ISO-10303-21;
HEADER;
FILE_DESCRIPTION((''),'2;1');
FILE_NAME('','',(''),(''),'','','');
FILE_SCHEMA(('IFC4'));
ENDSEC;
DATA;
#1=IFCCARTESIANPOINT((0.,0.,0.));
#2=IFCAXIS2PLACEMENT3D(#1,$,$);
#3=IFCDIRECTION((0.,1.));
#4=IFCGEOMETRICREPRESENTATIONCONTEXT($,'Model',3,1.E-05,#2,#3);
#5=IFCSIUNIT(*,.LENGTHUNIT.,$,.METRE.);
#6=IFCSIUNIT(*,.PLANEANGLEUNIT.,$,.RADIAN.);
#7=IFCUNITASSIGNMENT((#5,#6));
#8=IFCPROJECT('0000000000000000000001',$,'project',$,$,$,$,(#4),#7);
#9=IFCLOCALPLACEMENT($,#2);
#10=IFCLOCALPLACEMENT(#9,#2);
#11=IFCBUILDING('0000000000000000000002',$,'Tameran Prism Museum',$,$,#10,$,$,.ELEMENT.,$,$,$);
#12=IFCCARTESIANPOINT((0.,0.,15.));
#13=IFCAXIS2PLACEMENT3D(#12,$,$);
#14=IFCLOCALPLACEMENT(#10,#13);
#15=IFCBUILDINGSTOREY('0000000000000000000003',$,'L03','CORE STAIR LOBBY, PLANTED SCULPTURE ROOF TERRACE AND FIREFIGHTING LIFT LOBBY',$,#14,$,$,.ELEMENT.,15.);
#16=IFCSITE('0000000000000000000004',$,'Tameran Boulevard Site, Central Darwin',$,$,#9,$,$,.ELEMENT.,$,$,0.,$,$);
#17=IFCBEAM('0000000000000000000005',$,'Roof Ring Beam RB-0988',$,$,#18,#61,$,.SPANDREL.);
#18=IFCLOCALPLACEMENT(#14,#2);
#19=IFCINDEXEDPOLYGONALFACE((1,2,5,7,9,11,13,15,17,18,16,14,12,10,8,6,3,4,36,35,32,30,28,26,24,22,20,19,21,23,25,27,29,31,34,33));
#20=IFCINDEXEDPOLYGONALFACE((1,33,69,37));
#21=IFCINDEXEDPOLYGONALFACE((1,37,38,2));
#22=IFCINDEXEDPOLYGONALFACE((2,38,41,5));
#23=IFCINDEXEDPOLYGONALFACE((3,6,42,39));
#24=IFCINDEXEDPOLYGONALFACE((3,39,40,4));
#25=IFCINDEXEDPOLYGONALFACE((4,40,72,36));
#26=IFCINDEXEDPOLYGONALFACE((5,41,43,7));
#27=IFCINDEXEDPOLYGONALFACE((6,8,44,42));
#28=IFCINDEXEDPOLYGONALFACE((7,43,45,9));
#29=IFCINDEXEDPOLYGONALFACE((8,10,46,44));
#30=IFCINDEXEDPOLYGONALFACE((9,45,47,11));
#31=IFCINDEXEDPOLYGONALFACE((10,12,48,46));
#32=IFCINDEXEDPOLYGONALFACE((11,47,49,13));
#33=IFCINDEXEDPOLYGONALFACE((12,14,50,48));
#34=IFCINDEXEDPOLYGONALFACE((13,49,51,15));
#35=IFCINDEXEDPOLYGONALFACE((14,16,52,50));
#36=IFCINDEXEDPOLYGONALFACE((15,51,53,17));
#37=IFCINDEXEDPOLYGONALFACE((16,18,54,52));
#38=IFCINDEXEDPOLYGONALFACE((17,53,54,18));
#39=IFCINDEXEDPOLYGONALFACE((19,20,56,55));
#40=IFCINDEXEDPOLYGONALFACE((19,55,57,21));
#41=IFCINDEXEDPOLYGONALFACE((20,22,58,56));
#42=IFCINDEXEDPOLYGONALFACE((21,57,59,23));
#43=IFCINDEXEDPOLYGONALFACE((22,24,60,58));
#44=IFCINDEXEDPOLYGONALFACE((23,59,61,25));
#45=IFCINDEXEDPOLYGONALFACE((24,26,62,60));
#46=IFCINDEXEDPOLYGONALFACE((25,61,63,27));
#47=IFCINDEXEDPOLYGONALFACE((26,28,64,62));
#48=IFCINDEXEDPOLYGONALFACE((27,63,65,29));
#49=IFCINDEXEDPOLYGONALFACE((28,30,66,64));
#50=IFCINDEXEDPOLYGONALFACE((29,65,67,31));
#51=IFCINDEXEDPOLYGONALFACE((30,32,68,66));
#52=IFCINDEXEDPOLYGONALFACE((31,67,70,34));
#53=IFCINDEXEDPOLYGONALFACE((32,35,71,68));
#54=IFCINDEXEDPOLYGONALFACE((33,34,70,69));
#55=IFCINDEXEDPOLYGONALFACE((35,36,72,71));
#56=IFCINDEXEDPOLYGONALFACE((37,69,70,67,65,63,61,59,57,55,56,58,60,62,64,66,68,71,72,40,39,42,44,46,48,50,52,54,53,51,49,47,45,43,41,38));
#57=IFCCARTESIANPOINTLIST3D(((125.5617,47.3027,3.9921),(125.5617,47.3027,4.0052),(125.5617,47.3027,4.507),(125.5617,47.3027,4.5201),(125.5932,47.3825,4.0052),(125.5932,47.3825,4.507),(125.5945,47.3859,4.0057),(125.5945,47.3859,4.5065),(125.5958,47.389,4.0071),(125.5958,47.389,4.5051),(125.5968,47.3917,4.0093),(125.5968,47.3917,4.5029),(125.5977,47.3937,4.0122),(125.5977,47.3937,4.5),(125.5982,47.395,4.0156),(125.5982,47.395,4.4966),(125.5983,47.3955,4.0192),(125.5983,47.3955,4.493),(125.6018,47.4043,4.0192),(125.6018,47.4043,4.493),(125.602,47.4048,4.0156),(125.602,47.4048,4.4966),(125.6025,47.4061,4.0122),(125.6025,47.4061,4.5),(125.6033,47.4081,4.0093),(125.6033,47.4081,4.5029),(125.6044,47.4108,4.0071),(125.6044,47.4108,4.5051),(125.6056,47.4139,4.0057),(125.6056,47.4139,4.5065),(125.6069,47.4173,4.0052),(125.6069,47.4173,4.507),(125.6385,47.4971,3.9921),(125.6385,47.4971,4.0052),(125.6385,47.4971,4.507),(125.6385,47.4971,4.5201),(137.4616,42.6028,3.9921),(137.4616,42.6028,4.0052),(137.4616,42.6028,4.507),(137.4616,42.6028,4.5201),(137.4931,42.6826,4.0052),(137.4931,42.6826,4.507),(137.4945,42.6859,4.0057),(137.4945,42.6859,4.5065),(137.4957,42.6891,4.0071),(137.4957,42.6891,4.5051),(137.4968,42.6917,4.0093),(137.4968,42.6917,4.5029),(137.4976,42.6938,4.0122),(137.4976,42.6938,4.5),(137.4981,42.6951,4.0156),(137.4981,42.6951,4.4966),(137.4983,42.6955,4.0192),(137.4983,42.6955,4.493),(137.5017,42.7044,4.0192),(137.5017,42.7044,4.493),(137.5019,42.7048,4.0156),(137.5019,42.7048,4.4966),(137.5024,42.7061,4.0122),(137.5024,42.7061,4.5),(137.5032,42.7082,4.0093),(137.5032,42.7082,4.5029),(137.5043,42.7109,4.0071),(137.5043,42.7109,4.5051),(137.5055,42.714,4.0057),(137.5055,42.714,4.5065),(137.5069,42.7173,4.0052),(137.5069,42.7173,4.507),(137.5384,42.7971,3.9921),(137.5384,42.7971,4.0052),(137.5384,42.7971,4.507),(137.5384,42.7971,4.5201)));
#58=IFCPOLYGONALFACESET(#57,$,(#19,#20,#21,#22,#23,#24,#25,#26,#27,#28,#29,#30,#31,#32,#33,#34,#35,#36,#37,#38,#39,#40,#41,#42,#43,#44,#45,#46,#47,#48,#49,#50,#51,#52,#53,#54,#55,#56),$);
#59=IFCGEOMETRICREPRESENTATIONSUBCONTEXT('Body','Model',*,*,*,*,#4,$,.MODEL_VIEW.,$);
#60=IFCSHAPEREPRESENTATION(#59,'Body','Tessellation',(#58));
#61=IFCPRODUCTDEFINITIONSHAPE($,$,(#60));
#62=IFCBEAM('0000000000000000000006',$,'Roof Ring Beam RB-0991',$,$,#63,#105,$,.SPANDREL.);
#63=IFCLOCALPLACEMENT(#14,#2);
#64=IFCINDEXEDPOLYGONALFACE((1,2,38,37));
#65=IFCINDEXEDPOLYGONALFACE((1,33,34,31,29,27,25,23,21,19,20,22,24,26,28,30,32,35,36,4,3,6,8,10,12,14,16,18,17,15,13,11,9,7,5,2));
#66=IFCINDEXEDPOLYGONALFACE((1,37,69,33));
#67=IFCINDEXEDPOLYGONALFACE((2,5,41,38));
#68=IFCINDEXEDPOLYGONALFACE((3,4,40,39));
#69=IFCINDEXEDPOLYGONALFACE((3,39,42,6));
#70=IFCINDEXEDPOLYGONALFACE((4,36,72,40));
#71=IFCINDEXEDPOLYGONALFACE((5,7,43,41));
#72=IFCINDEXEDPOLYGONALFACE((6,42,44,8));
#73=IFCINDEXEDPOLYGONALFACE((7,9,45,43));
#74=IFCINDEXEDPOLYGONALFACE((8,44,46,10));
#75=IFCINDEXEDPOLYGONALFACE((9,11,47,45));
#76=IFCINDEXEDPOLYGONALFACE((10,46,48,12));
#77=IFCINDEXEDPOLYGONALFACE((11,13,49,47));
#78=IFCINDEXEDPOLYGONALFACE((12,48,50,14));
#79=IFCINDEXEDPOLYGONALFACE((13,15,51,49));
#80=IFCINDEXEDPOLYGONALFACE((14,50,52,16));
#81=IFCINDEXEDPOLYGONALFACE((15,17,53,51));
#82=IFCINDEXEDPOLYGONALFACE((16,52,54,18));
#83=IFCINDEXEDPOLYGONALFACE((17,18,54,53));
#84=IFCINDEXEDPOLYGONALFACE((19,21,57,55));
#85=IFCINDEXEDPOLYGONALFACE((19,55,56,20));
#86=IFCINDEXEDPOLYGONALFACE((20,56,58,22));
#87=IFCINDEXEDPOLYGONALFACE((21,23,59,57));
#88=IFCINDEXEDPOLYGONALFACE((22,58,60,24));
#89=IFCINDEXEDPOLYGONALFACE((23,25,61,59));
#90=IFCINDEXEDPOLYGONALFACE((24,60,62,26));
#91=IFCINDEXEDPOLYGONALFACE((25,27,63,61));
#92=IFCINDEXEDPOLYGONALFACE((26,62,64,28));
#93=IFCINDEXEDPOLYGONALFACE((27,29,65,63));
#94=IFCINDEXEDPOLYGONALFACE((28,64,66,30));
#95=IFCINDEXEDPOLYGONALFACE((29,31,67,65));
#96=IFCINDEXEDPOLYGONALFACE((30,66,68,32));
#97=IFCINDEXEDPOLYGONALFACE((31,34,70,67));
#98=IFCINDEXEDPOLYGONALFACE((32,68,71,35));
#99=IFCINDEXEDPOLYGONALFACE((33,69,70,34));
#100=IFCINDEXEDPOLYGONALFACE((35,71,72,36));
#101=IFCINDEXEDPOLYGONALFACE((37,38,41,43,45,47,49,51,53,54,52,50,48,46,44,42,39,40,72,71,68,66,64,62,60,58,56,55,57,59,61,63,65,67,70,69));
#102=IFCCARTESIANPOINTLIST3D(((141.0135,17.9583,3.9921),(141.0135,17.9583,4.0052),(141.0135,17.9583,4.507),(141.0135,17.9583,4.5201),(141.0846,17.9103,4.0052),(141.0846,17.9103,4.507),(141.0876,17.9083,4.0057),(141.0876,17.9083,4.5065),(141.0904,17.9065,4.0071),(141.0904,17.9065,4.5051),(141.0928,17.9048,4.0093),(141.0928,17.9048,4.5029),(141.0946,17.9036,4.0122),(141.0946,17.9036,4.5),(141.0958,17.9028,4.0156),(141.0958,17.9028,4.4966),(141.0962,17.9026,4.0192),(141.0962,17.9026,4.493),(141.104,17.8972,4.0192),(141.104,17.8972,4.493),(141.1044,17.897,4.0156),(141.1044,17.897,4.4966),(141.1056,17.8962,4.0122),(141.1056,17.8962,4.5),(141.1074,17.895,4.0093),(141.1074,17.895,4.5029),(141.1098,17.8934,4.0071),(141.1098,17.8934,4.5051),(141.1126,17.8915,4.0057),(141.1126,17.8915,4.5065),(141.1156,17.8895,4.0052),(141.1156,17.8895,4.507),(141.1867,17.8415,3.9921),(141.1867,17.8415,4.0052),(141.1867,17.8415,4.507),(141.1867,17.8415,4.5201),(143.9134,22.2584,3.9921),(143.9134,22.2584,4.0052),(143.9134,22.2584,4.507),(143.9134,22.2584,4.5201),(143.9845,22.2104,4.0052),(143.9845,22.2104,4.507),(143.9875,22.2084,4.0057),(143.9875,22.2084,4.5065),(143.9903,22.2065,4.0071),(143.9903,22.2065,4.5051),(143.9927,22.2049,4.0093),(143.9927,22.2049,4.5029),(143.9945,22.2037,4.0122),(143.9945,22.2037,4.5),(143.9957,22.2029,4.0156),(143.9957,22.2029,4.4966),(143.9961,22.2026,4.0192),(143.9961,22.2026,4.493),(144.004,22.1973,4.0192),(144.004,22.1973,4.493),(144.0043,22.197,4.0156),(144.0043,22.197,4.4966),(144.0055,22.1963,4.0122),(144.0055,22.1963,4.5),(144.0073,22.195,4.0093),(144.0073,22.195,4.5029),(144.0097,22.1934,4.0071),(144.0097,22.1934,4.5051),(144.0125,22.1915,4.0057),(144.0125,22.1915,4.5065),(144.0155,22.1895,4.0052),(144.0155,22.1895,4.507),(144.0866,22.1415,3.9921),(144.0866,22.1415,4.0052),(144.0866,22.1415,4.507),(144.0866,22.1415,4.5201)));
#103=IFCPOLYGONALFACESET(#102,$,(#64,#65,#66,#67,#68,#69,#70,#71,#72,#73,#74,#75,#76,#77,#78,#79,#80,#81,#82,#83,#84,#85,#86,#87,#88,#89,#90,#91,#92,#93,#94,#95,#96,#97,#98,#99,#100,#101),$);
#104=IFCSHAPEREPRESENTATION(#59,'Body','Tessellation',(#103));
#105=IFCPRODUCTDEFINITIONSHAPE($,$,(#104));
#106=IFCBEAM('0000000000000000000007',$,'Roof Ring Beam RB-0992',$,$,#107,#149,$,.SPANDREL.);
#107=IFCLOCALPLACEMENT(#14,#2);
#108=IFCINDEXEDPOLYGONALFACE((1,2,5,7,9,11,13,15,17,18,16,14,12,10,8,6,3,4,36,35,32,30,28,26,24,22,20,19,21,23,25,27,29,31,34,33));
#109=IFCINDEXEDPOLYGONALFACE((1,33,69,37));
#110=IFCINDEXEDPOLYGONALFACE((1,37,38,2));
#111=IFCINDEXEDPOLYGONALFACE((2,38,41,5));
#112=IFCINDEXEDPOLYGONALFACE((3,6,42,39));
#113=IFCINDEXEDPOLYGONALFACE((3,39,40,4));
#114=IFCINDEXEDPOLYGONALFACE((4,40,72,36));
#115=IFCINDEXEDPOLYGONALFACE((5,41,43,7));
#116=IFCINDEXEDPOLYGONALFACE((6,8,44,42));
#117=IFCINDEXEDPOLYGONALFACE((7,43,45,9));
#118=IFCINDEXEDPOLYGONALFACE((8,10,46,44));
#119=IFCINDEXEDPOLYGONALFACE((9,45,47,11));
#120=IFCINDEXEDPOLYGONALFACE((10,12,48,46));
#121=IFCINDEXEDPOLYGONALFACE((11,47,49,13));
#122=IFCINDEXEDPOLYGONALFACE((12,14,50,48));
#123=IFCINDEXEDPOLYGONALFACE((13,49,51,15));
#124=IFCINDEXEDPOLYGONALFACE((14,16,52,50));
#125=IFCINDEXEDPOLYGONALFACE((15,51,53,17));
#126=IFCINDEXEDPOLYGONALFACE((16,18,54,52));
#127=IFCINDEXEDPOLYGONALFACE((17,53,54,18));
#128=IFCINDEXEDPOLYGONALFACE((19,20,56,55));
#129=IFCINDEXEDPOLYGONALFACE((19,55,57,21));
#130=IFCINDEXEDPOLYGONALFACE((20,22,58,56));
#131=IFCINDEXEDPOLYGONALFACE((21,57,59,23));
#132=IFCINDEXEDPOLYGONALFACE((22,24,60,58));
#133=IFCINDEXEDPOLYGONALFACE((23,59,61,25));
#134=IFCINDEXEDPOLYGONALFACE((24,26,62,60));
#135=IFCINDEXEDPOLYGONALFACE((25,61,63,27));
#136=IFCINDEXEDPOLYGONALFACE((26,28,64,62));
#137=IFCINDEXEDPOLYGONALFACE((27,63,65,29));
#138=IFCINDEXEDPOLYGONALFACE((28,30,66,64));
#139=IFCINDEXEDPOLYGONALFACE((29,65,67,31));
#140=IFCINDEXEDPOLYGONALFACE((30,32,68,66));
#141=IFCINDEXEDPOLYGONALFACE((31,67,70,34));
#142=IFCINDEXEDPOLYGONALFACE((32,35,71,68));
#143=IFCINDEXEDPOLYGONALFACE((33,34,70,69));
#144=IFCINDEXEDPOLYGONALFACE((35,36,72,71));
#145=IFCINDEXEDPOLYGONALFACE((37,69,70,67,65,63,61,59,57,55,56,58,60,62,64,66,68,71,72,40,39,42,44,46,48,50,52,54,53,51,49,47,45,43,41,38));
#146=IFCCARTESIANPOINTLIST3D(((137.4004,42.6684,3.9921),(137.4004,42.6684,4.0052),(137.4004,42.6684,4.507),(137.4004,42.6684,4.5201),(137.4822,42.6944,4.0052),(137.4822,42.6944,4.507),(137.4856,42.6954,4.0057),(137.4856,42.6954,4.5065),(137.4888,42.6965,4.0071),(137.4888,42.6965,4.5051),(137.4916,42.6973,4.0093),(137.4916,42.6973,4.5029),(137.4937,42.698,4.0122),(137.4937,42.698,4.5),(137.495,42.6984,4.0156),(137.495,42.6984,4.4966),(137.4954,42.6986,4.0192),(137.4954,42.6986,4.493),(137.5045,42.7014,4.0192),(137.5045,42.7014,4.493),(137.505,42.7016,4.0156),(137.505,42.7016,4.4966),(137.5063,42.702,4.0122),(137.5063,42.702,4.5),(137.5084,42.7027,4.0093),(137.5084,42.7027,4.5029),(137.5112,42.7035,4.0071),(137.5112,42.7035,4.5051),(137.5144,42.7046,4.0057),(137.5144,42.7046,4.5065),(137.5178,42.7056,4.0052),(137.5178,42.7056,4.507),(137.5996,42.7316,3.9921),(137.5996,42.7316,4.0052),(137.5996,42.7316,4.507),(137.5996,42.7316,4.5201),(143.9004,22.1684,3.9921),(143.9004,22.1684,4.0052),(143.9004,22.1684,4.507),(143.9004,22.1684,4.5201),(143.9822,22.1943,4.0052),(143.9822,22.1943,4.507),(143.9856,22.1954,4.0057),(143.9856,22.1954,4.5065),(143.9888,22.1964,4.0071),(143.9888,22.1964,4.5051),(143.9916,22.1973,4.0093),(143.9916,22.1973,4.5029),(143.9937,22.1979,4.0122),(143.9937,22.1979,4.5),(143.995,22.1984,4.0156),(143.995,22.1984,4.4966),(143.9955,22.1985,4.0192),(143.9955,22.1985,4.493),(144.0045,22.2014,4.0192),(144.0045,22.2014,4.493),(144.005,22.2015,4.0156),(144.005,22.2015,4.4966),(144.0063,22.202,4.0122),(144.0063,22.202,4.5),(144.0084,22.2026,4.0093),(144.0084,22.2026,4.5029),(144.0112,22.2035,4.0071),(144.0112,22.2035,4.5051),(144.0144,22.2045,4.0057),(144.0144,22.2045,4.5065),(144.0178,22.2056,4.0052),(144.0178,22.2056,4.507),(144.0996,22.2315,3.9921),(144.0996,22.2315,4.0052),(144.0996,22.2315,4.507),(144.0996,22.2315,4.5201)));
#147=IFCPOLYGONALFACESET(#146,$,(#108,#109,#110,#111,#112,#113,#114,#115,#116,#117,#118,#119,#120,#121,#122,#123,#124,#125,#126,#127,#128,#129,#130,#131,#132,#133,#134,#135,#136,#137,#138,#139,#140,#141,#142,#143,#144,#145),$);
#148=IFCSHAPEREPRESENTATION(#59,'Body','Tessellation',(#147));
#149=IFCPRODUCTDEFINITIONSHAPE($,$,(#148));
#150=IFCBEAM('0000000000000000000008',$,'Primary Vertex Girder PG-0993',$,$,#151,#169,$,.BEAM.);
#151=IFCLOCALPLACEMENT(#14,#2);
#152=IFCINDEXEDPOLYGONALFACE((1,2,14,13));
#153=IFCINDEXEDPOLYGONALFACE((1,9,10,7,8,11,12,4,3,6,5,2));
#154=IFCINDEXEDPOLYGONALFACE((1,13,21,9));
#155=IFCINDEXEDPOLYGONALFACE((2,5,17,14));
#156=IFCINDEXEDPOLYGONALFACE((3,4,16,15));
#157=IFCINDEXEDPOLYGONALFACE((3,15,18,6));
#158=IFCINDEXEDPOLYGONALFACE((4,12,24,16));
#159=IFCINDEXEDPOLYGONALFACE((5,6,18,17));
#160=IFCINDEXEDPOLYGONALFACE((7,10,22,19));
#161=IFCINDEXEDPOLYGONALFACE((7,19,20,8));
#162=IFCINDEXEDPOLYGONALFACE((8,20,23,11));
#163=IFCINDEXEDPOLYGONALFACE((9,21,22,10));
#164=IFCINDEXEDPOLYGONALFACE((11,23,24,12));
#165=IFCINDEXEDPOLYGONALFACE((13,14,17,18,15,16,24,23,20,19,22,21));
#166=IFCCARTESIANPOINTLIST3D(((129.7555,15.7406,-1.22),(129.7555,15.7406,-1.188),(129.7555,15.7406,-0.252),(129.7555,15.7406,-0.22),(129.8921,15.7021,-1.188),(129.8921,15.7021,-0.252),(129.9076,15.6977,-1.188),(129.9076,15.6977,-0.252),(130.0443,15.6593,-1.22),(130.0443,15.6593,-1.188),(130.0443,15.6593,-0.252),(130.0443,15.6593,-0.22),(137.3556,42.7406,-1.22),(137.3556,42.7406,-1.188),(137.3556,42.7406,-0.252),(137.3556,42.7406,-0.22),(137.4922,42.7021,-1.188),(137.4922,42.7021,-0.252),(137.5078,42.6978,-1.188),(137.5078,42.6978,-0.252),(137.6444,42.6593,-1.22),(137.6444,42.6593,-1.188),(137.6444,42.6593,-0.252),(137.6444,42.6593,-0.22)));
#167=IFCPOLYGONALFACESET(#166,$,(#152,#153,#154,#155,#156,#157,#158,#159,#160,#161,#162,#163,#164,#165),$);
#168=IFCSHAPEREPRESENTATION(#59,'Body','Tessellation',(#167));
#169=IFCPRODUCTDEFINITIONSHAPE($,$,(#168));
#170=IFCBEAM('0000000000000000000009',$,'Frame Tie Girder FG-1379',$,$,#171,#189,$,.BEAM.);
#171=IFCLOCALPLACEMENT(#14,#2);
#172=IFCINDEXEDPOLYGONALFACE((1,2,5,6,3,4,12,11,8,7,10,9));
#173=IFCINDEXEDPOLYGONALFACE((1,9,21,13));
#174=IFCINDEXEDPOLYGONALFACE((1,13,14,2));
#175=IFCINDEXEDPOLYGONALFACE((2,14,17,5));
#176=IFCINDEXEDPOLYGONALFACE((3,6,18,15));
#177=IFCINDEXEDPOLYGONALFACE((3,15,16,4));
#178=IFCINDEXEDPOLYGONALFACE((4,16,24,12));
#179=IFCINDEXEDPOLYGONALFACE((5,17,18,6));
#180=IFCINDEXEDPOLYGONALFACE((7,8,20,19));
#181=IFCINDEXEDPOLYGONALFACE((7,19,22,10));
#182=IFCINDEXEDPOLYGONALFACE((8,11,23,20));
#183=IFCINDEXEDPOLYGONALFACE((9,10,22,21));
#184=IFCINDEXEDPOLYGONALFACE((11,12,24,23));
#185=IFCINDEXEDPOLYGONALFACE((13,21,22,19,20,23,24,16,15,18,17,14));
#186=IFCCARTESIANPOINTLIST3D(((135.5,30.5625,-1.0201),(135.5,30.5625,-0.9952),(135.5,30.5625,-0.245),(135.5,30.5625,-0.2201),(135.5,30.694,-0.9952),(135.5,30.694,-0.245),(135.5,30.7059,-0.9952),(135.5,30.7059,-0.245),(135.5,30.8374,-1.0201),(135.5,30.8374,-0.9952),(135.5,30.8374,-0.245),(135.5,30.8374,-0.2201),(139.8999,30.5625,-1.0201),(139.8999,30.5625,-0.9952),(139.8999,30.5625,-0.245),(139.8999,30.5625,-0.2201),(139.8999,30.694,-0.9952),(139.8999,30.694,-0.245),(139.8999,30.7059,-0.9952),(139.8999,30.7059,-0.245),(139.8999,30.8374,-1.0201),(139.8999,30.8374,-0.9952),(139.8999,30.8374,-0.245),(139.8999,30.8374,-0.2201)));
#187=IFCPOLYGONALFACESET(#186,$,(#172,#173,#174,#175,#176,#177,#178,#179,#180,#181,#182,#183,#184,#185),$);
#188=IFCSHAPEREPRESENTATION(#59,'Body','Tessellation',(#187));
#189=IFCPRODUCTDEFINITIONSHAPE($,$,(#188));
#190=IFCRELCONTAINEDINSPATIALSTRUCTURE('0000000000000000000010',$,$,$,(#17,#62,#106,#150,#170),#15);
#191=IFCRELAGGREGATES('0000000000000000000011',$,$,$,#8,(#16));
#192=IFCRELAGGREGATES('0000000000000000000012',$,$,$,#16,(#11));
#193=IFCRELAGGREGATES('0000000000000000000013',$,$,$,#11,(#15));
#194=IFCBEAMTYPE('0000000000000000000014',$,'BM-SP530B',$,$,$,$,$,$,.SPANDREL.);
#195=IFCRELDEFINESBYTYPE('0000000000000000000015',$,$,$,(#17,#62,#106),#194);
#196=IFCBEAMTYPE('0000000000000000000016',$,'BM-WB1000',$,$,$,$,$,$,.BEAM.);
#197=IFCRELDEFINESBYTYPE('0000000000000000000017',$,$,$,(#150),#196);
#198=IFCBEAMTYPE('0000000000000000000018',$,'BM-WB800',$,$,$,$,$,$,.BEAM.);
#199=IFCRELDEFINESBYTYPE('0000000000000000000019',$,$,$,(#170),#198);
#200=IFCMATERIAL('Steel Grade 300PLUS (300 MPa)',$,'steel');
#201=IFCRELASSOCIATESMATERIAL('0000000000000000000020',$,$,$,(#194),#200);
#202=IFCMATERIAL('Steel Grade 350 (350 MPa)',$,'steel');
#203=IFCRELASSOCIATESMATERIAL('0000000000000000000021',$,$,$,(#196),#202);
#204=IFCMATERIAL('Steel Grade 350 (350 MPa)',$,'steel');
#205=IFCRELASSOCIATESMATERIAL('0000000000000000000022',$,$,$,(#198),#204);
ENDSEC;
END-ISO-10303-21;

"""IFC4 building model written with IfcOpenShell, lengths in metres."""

from ifc_helpers import new_model, si_unit, direction, frame, origin, origin_2d, place, context, subcontext, project, spatial, i_section, extrude, material, material_profile, profile_set, type_object, element, save


model = new_model("IFC4")

# Units and contexts
model_context = context("Model", 3, precision=1e-05, world=origin(), true_north=direction((0.0, 1.0)))
body_context = subcontext(model_context, "Body", "Model", "MODEL_VIEW")
ifc_project = project(units=[si_unit("LENGTHUNIT", "METRE"), si_unit("PLANEANGLEUNIT", "RADIAN")], contexts=[model_context])

# Site, building, storey
site_placement = place(None, origin())
site = spatial("IfcSite", under=ifc_project, at=site_placement, Name="Tameran Boulevard Site, Central Darwin", CompositionType="ELEMENT", RefElevation=0.0)
building_placement = place(site_placement, origin())
building = spatial("IfcBuilding", under=site, at=building_placement, Name="Tameran Prism Museum", CompositionType="ELEMENT")
storey_placement = place(building_placement, frame((0.0, 0.0, 15.0)))
storey = spatial("IfcBuildingStorey", under=building, at=storey_placement, Name="L03", Description="CORE STAIR LOBBY, PLANTED SCULPTURE ROOF TERRACE AND FIREFIGHTING LIFT LOBBY", CompositionType="ELEMENT", Elevation=15.0)

# Beams
ifc_material_1 = material(Name="Steel Grade 300PLUS (300 MPa)", Category="steel")
ifc_material_profile_1 = material_profile(ifc_material_1, i_section(OverallWidth=0.209, OverallDepth=0.5281, WebThickness=0.0095, FlangeThickness=0.0132, FilletRadius=0.0139, at=origin_2d()))
ifc_profile_set_1 = profile_set([ifc_material_profile_1])
beam_type_1 = type_object("IfcBeamType", Name="BM-SP530B", PredefinedType="SPANDREL", material=ifc_profile_set_1)
beam_1_placement = place(storey_placement, frame((137.5, 42.7, 4.2561), z_axis=(-0.930085, 0.367344, 0.0), x_axis=(-0.367344, -0.930085, 0.0)))
element("IfcBeam", 1, at=beam_1_placement, inside=storey, type_object=beam_type_1, Name="Roof Ring Beam RB-0988", PredefinedType="SPANDREL", context=body_context, shape_type="SweptSolid", body=[
    extrude(i_section(OverallWidth=0.209, OverallDepth=0.5281, WebThickness=0.0095, FlangeThickness=0.0132, FilletRadius=0.0139, at=origin_2d()), origin(), (0.0, 0.0, 1.0), 12.7944),
])
beam_2_placement = place(storey_placement, frame((141.1001, 17.8999, 4.2561), z_axis=(0.559124, 0.829084, 0.0), x_axis=(-0.829084, 0.559124, 0.0)))
element("IfcBeam", 2, at=beam_2_placement, inside=storey, type_object=beam_type_1, Name="Roof Ring Beam RB-0991", PredefinedType="SPANDREL", context=body_context, shape_type="SweptSolid", body=[
    extrude(i_section(OverallWidth=0.209, OverallDepth=0.5281, WebThickness=0.0095, FlangeThickness=0.0132, FilletRadius=0.0139, at=origin_2d()), origin(), (0.0, 0.0, 1.0), 5.1865),
])
beam_3_placement = place(storey_placement, frame((144.0, 22.2, 4.2561), z_axis=(-0.302244, 0.953231, 0.0), x_axis=(-0.953231, -0.302244, 0.0)))
element("IfcBeam", 3, at=beam_3_placement, inside=storey, type_object=beam_type_1, Name="Roof Ring Beam RB-0992", PredefinedType="SPANDREL", context=body_context, shape_type="SweptSolid", body=[
    extrude(i_section(OverallWidth=0.209, OverallDepth=0.5281, WebThickness=0.0095, FlangeThickness=0.0132, FilletRadius=0.0139, at=origin_2d()), origin(), (0.0, 0.0, 1.0), 21.5059),
])
ifc_material_2 = material(Name="Steel Grade 350 (350 MPa)", Category="steel")
ifc_material_profile_2 = material_profile(ifc_material_2, i_section(OverallWidth=0.3, OverallDepth=1.0, WebThickness=0.0161, FlangeThickness=0.032, at=origin_2d()))
ifc_profile_set_2 = profile_set([ifc_material_profile_2])
beam_type_2 = type_object("IfcBeamType", Name="BM-WB1000", PredefinedType="BEAM", material=ifc_profile_set_2)
beam_4_placement = place(storey_placement, frame((137.5, 42.7, -0.72), z_axis=(-0.270955, -0.962592, 0.0), x_axis=(0.962592, -0.270955, 0.0)))
element("IfcBeam", 4, at=beam_4_placement, inside=storey, type_object=beam_type_2, Name="Primary Vertex Girder PG-0993", PredefinedType="BEAM", context=body_context, shape_type="SweptSolid", body=[
    extrude(i_section(OverallWidth=0.3, OverallDepth=1.0, WebThickness=0.0161, FlangeThickness=0.032, at=origin_2d()), origin(), (0.0, 0.0, 1.0), 28.0493),
])
ifc_material_3 = material(Name="Steel Grade 350 (350 MPa)", Category="steel")
ifc_material_profile_3 = material_profile(ifc_material_3, i_section(OverallWidth=0.2749, OverallDepth=0.8, WebThickness=0.012, FlangeThickness=0.0249, at=origin_2d()))
ifc_profile_set_3 = profile_set([ifc_material_profile_3])
beam_type_3 = type_object("IfcBeamType", Name="BM-WB800", PredefinedType="BEAM", material=ifc_profile_set_3)
beam_5_placement = place(storey_placement, frame((135.5, 30.7, -0.6201), z_axis=(1.0, 0.0, 0.0), x_axis=(0.0, 1.0, 0.0)))
element("IfcBeam", 5, at=beam_5_placement, inside=storey, type_object=beam_type_3, Name="Frame Tie Girder FG-1379", PredefinedType="BEAM", context=body_context, shape_type="SweptSolid", body=[
    extrude(i_section(OverallWidth=0.2749, OverallDepth=0.8, WebThickness=0.012, FlangeThickness=0.0249, at=origin_2d()), origin(), (0.0, 0.0, 1.0), 4.3999),
])

save(model, "model.ifc")
